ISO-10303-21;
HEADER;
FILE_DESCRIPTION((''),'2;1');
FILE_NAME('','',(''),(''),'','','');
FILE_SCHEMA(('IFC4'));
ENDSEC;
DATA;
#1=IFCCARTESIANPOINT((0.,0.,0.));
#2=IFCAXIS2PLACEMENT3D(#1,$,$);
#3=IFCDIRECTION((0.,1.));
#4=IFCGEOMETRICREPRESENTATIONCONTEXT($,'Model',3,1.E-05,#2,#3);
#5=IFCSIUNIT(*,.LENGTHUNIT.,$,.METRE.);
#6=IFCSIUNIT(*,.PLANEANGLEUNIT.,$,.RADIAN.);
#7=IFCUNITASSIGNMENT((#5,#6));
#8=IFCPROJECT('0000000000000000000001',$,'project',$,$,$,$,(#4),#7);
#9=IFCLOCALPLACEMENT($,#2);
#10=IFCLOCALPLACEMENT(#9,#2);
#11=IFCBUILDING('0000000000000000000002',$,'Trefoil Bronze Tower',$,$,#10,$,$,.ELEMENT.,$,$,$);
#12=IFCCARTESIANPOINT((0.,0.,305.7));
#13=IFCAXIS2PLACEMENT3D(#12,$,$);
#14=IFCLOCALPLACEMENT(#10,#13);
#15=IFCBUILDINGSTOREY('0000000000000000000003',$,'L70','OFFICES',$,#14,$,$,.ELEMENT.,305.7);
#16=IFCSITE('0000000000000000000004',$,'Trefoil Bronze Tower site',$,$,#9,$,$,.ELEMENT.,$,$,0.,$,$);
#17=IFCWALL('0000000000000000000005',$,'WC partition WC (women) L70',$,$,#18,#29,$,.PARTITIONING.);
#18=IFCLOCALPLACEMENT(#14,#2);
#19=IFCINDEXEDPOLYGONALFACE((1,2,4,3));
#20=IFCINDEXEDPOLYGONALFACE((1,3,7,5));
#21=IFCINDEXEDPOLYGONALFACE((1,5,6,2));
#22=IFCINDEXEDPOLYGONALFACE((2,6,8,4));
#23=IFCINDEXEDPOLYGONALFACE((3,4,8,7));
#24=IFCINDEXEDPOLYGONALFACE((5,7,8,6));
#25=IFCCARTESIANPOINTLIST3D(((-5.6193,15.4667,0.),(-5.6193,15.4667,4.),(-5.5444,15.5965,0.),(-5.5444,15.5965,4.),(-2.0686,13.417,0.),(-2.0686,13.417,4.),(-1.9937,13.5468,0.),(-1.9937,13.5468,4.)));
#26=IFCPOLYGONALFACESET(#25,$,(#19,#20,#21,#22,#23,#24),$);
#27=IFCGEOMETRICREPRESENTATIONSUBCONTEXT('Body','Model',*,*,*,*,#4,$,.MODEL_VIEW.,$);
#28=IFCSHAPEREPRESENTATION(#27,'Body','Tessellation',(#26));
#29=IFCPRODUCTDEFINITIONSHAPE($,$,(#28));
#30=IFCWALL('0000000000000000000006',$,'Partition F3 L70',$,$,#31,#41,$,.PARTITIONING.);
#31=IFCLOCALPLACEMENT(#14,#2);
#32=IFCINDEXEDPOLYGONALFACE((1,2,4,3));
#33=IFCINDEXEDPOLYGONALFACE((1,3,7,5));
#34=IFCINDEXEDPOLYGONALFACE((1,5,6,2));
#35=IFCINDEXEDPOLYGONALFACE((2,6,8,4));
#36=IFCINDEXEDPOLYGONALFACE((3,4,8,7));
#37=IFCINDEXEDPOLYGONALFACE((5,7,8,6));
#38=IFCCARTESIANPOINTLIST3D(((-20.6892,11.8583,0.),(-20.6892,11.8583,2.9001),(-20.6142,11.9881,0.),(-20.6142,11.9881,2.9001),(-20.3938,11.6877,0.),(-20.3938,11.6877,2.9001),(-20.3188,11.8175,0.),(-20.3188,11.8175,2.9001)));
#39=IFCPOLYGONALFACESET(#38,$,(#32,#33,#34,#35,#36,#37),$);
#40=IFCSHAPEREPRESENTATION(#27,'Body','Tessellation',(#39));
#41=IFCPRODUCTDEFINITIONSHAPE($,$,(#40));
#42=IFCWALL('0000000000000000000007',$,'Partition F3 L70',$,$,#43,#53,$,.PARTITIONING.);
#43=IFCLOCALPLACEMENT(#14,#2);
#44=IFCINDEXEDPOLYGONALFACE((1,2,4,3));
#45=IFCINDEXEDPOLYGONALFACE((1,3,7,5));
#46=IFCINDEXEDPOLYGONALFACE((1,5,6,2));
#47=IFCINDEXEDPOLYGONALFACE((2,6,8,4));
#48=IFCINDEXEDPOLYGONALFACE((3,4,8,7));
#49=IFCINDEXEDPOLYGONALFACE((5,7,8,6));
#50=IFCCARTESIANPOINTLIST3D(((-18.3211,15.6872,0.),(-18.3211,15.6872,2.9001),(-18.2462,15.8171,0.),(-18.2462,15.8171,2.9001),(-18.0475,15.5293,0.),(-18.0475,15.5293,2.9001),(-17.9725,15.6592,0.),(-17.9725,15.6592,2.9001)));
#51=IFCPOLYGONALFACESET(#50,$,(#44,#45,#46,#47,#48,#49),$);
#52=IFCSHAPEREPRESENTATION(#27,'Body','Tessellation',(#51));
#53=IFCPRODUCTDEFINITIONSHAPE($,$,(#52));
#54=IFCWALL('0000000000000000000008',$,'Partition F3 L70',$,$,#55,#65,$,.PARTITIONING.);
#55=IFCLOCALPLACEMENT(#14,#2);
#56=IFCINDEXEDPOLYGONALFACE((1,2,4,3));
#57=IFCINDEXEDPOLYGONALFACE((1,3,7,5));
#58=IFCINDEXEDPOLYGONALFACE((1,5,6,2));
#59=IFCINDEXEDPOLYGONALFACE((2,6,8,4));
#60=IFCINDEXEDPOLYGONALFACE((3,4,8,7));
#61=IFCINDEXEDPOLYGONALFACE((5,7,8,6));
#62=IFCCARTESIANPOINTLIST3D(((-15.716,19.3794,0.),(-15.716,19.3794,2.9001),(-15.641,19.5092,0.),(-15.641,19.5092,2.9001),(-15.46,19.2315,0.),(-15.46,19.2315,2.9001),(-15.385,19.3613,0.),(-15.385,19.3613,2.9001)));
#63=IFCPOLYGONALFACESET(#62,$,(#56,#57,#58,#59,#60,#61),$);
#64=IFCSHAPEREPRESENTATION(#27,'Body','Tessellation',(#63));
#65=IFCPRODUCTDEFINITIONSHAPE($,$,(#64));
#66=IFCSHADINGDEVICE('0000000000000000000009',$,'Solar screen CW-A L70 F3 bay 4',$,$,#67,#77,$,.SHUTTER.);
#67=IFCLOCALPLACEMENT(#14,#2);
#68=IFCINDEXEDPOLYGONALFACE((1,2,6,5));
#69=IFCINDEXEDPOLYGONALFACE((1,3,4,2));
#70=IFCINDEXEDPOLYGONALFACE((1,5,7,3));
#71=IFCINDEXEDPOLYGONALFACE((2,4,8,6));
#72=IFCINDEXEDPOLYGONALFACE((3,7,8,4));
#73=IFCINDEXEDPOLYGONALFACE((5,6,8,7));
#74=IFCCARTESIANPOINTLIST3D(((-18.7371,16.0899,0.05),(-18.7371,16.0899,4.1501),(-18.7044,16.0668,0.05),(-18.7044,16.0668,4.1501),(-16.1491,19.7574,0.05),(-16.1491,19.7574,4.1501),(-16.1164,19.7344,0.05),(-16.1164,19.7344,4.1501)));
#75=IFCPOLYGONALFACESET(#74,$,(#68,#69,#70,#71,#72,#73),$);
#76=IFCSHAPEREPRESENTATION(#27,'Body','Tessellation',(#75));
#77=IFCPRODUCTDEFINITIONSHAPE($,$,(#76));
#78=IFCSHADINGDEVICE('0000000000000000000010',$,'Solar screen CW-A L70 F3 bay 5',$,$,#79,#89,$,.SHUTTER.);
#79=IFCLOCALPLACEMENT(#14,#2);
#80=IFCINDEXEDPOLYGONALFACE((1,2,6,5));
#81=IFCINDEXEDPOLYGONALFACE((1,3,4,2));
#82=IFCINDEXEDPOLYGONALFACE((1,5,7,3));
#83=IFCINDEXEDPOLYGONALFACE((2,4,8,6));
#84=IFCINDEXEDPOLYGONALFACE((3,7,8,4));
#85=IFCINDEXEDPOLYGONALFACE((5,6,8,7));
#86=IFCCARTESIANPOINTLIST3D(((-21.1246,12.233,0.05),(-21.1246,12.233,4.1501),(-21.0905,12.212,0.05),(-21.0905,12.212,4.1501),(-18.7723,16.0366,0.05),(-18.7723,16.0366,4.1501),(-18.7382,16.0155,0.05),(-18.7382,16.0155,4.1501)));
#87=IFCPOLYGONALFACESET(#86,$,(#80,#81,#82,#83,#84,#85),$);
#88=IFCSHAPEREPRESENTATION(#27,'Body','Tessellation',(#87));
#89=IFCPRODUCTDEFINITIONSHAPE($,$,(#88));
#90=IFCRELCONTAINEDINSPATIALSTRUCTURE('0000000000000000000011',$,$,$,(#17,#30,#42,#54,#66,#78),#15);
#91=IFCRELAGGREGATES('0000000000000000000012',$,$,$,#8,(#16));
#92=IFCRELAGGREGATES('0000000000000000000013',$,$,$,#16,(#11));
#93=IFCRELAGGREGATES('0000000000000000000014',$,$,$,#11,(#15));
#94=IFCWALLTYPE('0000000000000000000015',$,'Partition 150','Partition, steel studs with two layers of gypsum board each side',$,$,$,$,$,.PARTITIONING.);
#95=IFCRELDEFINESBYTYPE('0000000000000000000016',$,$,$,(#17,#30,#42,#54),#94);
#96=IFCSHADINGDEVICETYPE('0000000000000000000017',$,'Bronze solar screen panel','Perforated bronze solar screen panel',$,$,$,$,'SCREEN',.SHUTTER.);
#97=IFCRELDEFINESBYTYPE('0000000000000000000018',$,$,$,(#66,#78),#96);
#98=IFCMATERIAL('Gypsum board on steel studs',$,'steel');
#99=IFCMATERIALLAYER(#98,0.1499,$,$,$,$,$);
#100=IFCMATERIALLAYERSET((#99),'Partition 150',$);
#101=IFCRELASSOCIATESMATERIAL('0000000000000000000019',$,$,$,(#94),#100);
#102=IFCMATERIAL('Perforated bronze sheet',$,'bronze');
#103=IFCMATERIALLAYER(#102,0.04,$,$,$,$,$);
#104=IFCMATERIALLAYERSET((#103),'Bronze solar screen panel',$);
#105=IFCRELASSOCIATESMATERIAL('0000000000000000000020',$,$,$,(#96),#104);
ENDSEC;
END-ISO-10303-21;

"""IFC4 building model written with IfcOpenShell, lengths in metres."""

from ifc_helpers import new_model, si_unit, direction, frame, frame_2d, origin, origin_2d, place, context, subcontext, project, spatial, rectangle, extrude, material, layer, layer_set, type_object, element, save


model = new_model("IFC4")

# Units and contexts
model_context = context("Model", 3, precision=1e-05, world=origin(), true_north=direction((0.0, 1.0)))
body_context = subcontext(model_context, "Body", "Model", "MODEL_VIEW")
ifc_project = project(units=[si_unit("LENGTHUNIT", "METRE"), si_unit("PLANEANGLEUNIT", "RADIAN")], contexts=[model_context])

# Site, building, storey
site_placement = place(None, origin())
site = spatial("IfcSite", under=ifc_project, at=site_placement, Name="Trefoil Bronze Tower site", CompositionType="ELEMENT", RefElevation=0.0)
building_placement = place(site_placement, origin())
building = spatial("IfcBuilding", under=site, at=building_placement, Name="Trefoil Bronze Tower", CompositionType="ELEMENT")
storey_placement = place(building_placement, frame((0.0, 0.0, 305.7)))
storey = spatial("IfcBuildingStorey", under=building, at=storey_placement, Name="L70", Description="OFFICES", CompositionType="ELEMENT", Elevation=305.7)

# Walls
ifc_material_1 = material(Name="Gypsum board on steel studs", Category="steel")
ifc_layer_1 = layer(ifc_material_1, 0.1499)
ifc_layer_set_1 = layer_set([ifc_layer_1], Name="Partition 150")
wall_type_1 = type_object("IfcWallType", Name="Partition 150", Description="Partition, steel studs with two layers of gypsum board each side", PredefinedType="PARTITIONING", material=ifc_layer_set_1)
wall_1_placement = place(storey_placement, frame((-2.0312, 13.4819, 0.0), z_axis=(0.0, 0.0, 1.0), x_axis=(-0.866051, 0.499956, 0.0)))
element("IfcWall", 1, at=wall_1_placement, inside=storey, type_object=wall_type_1, Name="WC partition WC (women) L70", PredefinedType="PARTITIONING", context=body_context, shape_type="SweptSolid", body=[
    extrude(rectangle(XDim=4.0999, YDim=0.1499, at=frame_2d((2.0498, 0.0))), origin(), (0.0, 0.0, 1.0), 4.0),
])
wall_2_placement = place(storey_placement, frame((-20.3564, 11.7527, 0.0), z_axis=(0.0, 0.0, 1.0), x_axis=(-0.8659, 0.500218, 0.0)))
element("IfcWall", 2, at=wall_2_placement, inside=storey, type_object=wall_type_1, Name="Partition F3 L70", PredefinedType="PARTITIONING", context=body_context, shape_type="SweptSolid", body=[
    extrude(rectangle(XDim=0.3411, YDim=0.1499, at=frame_2d((0.1704, 0.0))), origin(), (0.0, 0.0, 1.0), 2.9001),
])
wall_3_placement = place(storey_placement, frame((-18.01, 15.5942, 0.0), z_axis=(0.0, 0.0, 1.0), x_axis=(-0.866096, 0.499879, 0.0)))
element("IfcWall", 3, at=wall_3_placement, inside=storey, type_object=wall_type_1, Name="Partition F3 L70", PredefinedType="PARTITIONING", context=body_context, shape_type="SweptSolid", body=[
    extrude(rectangle(XDim=0.3159, YDim=0.1499, at=frame_2d((0.158, 0.0))), origin(), (0.0, 0.0, 1.0), 2.9001),
])
wall_4_placement = place(storey_placement, frame((-15.4224, 19.2964, 0.0), z_axis=(0.0, 0.0, 1.0), x_axis=(-0.865897, 0.500223, 0.0)))
element("IfcWall", 4, at=wall_4_placement, inside=storey, type_object=wall_type_1, Name="Partition F3 L70", PredefinedType="PARTITIONING", context=body_context, shape_type="SweptSolid", body=[
    extrude(rectangle(XDim=0.2957, YDim=0.1499, at=frame_2d((0.1479, 0.0))), origin(), (0.0, 0.0, 1.0), 2.9001),
])

# Shading devices
ifc_material_2 = material(Name="Perforated bronze sheet", Category="bronze")
ifc_layer_2 = layer(ifc_material_2, 0.04)
ifc_layer_set_2 = layer_set([ifc_layer_2], Name="Bronze solar screen panel")
shading_device_type = type_object("IfcShadingDeviceType", Name="Bronze solar screen panel", Description="Perforated bronze solar screen panel", ElementType="SCREEN", PredefinedType="SHUTTER", material=ifc_layer_set_2)
shading_device_1_placement = place(storey_placement, frame((-17.4268, 17.9121, 0.05), z_axis=(0.0, 0.0, 1.0), x_axis=(-0.576561, -0.817054, 0.0)))
element("IfcShadingDevice", 5, at=shading_device_1_placement, inside=storey, type_object=shading_device_type, Name="Solar screen CW-A L70 F3 bay 4", PredefinedType="SHUTTER", context=body_context, shape_type="SweptSolid", body=[
    extrude(rectangle(XDim=4.4888, YDim=0.04, at=origin_2d()), origin(), (0.0, 0.0, 1.0), 4.1001),
])
shading_device_2_placement = place(storey_placement, frame((-19.9314, 14.1243, 0.05), z_axis=(0.0, 0.0, 1.0), x_axis=(-0.52598, -0.850497, 0.0)))
element("IfcShadingDevice", 6, at=shading_device_2_placement, inside=storey, type_object=shading_device_type, Name="Solar screen CW-A L70 F3 bay 5", PredefinedType="SHUTTER", context=body_context, shape_type="SweptSolid", body=[
    extrude(rectangle(XDim=4.4722, YDim=0.04, at=origin_2d()), origin(), (0.0, 0.0, 1.0), 4.1001),
])

save(model, "model.ifc")
